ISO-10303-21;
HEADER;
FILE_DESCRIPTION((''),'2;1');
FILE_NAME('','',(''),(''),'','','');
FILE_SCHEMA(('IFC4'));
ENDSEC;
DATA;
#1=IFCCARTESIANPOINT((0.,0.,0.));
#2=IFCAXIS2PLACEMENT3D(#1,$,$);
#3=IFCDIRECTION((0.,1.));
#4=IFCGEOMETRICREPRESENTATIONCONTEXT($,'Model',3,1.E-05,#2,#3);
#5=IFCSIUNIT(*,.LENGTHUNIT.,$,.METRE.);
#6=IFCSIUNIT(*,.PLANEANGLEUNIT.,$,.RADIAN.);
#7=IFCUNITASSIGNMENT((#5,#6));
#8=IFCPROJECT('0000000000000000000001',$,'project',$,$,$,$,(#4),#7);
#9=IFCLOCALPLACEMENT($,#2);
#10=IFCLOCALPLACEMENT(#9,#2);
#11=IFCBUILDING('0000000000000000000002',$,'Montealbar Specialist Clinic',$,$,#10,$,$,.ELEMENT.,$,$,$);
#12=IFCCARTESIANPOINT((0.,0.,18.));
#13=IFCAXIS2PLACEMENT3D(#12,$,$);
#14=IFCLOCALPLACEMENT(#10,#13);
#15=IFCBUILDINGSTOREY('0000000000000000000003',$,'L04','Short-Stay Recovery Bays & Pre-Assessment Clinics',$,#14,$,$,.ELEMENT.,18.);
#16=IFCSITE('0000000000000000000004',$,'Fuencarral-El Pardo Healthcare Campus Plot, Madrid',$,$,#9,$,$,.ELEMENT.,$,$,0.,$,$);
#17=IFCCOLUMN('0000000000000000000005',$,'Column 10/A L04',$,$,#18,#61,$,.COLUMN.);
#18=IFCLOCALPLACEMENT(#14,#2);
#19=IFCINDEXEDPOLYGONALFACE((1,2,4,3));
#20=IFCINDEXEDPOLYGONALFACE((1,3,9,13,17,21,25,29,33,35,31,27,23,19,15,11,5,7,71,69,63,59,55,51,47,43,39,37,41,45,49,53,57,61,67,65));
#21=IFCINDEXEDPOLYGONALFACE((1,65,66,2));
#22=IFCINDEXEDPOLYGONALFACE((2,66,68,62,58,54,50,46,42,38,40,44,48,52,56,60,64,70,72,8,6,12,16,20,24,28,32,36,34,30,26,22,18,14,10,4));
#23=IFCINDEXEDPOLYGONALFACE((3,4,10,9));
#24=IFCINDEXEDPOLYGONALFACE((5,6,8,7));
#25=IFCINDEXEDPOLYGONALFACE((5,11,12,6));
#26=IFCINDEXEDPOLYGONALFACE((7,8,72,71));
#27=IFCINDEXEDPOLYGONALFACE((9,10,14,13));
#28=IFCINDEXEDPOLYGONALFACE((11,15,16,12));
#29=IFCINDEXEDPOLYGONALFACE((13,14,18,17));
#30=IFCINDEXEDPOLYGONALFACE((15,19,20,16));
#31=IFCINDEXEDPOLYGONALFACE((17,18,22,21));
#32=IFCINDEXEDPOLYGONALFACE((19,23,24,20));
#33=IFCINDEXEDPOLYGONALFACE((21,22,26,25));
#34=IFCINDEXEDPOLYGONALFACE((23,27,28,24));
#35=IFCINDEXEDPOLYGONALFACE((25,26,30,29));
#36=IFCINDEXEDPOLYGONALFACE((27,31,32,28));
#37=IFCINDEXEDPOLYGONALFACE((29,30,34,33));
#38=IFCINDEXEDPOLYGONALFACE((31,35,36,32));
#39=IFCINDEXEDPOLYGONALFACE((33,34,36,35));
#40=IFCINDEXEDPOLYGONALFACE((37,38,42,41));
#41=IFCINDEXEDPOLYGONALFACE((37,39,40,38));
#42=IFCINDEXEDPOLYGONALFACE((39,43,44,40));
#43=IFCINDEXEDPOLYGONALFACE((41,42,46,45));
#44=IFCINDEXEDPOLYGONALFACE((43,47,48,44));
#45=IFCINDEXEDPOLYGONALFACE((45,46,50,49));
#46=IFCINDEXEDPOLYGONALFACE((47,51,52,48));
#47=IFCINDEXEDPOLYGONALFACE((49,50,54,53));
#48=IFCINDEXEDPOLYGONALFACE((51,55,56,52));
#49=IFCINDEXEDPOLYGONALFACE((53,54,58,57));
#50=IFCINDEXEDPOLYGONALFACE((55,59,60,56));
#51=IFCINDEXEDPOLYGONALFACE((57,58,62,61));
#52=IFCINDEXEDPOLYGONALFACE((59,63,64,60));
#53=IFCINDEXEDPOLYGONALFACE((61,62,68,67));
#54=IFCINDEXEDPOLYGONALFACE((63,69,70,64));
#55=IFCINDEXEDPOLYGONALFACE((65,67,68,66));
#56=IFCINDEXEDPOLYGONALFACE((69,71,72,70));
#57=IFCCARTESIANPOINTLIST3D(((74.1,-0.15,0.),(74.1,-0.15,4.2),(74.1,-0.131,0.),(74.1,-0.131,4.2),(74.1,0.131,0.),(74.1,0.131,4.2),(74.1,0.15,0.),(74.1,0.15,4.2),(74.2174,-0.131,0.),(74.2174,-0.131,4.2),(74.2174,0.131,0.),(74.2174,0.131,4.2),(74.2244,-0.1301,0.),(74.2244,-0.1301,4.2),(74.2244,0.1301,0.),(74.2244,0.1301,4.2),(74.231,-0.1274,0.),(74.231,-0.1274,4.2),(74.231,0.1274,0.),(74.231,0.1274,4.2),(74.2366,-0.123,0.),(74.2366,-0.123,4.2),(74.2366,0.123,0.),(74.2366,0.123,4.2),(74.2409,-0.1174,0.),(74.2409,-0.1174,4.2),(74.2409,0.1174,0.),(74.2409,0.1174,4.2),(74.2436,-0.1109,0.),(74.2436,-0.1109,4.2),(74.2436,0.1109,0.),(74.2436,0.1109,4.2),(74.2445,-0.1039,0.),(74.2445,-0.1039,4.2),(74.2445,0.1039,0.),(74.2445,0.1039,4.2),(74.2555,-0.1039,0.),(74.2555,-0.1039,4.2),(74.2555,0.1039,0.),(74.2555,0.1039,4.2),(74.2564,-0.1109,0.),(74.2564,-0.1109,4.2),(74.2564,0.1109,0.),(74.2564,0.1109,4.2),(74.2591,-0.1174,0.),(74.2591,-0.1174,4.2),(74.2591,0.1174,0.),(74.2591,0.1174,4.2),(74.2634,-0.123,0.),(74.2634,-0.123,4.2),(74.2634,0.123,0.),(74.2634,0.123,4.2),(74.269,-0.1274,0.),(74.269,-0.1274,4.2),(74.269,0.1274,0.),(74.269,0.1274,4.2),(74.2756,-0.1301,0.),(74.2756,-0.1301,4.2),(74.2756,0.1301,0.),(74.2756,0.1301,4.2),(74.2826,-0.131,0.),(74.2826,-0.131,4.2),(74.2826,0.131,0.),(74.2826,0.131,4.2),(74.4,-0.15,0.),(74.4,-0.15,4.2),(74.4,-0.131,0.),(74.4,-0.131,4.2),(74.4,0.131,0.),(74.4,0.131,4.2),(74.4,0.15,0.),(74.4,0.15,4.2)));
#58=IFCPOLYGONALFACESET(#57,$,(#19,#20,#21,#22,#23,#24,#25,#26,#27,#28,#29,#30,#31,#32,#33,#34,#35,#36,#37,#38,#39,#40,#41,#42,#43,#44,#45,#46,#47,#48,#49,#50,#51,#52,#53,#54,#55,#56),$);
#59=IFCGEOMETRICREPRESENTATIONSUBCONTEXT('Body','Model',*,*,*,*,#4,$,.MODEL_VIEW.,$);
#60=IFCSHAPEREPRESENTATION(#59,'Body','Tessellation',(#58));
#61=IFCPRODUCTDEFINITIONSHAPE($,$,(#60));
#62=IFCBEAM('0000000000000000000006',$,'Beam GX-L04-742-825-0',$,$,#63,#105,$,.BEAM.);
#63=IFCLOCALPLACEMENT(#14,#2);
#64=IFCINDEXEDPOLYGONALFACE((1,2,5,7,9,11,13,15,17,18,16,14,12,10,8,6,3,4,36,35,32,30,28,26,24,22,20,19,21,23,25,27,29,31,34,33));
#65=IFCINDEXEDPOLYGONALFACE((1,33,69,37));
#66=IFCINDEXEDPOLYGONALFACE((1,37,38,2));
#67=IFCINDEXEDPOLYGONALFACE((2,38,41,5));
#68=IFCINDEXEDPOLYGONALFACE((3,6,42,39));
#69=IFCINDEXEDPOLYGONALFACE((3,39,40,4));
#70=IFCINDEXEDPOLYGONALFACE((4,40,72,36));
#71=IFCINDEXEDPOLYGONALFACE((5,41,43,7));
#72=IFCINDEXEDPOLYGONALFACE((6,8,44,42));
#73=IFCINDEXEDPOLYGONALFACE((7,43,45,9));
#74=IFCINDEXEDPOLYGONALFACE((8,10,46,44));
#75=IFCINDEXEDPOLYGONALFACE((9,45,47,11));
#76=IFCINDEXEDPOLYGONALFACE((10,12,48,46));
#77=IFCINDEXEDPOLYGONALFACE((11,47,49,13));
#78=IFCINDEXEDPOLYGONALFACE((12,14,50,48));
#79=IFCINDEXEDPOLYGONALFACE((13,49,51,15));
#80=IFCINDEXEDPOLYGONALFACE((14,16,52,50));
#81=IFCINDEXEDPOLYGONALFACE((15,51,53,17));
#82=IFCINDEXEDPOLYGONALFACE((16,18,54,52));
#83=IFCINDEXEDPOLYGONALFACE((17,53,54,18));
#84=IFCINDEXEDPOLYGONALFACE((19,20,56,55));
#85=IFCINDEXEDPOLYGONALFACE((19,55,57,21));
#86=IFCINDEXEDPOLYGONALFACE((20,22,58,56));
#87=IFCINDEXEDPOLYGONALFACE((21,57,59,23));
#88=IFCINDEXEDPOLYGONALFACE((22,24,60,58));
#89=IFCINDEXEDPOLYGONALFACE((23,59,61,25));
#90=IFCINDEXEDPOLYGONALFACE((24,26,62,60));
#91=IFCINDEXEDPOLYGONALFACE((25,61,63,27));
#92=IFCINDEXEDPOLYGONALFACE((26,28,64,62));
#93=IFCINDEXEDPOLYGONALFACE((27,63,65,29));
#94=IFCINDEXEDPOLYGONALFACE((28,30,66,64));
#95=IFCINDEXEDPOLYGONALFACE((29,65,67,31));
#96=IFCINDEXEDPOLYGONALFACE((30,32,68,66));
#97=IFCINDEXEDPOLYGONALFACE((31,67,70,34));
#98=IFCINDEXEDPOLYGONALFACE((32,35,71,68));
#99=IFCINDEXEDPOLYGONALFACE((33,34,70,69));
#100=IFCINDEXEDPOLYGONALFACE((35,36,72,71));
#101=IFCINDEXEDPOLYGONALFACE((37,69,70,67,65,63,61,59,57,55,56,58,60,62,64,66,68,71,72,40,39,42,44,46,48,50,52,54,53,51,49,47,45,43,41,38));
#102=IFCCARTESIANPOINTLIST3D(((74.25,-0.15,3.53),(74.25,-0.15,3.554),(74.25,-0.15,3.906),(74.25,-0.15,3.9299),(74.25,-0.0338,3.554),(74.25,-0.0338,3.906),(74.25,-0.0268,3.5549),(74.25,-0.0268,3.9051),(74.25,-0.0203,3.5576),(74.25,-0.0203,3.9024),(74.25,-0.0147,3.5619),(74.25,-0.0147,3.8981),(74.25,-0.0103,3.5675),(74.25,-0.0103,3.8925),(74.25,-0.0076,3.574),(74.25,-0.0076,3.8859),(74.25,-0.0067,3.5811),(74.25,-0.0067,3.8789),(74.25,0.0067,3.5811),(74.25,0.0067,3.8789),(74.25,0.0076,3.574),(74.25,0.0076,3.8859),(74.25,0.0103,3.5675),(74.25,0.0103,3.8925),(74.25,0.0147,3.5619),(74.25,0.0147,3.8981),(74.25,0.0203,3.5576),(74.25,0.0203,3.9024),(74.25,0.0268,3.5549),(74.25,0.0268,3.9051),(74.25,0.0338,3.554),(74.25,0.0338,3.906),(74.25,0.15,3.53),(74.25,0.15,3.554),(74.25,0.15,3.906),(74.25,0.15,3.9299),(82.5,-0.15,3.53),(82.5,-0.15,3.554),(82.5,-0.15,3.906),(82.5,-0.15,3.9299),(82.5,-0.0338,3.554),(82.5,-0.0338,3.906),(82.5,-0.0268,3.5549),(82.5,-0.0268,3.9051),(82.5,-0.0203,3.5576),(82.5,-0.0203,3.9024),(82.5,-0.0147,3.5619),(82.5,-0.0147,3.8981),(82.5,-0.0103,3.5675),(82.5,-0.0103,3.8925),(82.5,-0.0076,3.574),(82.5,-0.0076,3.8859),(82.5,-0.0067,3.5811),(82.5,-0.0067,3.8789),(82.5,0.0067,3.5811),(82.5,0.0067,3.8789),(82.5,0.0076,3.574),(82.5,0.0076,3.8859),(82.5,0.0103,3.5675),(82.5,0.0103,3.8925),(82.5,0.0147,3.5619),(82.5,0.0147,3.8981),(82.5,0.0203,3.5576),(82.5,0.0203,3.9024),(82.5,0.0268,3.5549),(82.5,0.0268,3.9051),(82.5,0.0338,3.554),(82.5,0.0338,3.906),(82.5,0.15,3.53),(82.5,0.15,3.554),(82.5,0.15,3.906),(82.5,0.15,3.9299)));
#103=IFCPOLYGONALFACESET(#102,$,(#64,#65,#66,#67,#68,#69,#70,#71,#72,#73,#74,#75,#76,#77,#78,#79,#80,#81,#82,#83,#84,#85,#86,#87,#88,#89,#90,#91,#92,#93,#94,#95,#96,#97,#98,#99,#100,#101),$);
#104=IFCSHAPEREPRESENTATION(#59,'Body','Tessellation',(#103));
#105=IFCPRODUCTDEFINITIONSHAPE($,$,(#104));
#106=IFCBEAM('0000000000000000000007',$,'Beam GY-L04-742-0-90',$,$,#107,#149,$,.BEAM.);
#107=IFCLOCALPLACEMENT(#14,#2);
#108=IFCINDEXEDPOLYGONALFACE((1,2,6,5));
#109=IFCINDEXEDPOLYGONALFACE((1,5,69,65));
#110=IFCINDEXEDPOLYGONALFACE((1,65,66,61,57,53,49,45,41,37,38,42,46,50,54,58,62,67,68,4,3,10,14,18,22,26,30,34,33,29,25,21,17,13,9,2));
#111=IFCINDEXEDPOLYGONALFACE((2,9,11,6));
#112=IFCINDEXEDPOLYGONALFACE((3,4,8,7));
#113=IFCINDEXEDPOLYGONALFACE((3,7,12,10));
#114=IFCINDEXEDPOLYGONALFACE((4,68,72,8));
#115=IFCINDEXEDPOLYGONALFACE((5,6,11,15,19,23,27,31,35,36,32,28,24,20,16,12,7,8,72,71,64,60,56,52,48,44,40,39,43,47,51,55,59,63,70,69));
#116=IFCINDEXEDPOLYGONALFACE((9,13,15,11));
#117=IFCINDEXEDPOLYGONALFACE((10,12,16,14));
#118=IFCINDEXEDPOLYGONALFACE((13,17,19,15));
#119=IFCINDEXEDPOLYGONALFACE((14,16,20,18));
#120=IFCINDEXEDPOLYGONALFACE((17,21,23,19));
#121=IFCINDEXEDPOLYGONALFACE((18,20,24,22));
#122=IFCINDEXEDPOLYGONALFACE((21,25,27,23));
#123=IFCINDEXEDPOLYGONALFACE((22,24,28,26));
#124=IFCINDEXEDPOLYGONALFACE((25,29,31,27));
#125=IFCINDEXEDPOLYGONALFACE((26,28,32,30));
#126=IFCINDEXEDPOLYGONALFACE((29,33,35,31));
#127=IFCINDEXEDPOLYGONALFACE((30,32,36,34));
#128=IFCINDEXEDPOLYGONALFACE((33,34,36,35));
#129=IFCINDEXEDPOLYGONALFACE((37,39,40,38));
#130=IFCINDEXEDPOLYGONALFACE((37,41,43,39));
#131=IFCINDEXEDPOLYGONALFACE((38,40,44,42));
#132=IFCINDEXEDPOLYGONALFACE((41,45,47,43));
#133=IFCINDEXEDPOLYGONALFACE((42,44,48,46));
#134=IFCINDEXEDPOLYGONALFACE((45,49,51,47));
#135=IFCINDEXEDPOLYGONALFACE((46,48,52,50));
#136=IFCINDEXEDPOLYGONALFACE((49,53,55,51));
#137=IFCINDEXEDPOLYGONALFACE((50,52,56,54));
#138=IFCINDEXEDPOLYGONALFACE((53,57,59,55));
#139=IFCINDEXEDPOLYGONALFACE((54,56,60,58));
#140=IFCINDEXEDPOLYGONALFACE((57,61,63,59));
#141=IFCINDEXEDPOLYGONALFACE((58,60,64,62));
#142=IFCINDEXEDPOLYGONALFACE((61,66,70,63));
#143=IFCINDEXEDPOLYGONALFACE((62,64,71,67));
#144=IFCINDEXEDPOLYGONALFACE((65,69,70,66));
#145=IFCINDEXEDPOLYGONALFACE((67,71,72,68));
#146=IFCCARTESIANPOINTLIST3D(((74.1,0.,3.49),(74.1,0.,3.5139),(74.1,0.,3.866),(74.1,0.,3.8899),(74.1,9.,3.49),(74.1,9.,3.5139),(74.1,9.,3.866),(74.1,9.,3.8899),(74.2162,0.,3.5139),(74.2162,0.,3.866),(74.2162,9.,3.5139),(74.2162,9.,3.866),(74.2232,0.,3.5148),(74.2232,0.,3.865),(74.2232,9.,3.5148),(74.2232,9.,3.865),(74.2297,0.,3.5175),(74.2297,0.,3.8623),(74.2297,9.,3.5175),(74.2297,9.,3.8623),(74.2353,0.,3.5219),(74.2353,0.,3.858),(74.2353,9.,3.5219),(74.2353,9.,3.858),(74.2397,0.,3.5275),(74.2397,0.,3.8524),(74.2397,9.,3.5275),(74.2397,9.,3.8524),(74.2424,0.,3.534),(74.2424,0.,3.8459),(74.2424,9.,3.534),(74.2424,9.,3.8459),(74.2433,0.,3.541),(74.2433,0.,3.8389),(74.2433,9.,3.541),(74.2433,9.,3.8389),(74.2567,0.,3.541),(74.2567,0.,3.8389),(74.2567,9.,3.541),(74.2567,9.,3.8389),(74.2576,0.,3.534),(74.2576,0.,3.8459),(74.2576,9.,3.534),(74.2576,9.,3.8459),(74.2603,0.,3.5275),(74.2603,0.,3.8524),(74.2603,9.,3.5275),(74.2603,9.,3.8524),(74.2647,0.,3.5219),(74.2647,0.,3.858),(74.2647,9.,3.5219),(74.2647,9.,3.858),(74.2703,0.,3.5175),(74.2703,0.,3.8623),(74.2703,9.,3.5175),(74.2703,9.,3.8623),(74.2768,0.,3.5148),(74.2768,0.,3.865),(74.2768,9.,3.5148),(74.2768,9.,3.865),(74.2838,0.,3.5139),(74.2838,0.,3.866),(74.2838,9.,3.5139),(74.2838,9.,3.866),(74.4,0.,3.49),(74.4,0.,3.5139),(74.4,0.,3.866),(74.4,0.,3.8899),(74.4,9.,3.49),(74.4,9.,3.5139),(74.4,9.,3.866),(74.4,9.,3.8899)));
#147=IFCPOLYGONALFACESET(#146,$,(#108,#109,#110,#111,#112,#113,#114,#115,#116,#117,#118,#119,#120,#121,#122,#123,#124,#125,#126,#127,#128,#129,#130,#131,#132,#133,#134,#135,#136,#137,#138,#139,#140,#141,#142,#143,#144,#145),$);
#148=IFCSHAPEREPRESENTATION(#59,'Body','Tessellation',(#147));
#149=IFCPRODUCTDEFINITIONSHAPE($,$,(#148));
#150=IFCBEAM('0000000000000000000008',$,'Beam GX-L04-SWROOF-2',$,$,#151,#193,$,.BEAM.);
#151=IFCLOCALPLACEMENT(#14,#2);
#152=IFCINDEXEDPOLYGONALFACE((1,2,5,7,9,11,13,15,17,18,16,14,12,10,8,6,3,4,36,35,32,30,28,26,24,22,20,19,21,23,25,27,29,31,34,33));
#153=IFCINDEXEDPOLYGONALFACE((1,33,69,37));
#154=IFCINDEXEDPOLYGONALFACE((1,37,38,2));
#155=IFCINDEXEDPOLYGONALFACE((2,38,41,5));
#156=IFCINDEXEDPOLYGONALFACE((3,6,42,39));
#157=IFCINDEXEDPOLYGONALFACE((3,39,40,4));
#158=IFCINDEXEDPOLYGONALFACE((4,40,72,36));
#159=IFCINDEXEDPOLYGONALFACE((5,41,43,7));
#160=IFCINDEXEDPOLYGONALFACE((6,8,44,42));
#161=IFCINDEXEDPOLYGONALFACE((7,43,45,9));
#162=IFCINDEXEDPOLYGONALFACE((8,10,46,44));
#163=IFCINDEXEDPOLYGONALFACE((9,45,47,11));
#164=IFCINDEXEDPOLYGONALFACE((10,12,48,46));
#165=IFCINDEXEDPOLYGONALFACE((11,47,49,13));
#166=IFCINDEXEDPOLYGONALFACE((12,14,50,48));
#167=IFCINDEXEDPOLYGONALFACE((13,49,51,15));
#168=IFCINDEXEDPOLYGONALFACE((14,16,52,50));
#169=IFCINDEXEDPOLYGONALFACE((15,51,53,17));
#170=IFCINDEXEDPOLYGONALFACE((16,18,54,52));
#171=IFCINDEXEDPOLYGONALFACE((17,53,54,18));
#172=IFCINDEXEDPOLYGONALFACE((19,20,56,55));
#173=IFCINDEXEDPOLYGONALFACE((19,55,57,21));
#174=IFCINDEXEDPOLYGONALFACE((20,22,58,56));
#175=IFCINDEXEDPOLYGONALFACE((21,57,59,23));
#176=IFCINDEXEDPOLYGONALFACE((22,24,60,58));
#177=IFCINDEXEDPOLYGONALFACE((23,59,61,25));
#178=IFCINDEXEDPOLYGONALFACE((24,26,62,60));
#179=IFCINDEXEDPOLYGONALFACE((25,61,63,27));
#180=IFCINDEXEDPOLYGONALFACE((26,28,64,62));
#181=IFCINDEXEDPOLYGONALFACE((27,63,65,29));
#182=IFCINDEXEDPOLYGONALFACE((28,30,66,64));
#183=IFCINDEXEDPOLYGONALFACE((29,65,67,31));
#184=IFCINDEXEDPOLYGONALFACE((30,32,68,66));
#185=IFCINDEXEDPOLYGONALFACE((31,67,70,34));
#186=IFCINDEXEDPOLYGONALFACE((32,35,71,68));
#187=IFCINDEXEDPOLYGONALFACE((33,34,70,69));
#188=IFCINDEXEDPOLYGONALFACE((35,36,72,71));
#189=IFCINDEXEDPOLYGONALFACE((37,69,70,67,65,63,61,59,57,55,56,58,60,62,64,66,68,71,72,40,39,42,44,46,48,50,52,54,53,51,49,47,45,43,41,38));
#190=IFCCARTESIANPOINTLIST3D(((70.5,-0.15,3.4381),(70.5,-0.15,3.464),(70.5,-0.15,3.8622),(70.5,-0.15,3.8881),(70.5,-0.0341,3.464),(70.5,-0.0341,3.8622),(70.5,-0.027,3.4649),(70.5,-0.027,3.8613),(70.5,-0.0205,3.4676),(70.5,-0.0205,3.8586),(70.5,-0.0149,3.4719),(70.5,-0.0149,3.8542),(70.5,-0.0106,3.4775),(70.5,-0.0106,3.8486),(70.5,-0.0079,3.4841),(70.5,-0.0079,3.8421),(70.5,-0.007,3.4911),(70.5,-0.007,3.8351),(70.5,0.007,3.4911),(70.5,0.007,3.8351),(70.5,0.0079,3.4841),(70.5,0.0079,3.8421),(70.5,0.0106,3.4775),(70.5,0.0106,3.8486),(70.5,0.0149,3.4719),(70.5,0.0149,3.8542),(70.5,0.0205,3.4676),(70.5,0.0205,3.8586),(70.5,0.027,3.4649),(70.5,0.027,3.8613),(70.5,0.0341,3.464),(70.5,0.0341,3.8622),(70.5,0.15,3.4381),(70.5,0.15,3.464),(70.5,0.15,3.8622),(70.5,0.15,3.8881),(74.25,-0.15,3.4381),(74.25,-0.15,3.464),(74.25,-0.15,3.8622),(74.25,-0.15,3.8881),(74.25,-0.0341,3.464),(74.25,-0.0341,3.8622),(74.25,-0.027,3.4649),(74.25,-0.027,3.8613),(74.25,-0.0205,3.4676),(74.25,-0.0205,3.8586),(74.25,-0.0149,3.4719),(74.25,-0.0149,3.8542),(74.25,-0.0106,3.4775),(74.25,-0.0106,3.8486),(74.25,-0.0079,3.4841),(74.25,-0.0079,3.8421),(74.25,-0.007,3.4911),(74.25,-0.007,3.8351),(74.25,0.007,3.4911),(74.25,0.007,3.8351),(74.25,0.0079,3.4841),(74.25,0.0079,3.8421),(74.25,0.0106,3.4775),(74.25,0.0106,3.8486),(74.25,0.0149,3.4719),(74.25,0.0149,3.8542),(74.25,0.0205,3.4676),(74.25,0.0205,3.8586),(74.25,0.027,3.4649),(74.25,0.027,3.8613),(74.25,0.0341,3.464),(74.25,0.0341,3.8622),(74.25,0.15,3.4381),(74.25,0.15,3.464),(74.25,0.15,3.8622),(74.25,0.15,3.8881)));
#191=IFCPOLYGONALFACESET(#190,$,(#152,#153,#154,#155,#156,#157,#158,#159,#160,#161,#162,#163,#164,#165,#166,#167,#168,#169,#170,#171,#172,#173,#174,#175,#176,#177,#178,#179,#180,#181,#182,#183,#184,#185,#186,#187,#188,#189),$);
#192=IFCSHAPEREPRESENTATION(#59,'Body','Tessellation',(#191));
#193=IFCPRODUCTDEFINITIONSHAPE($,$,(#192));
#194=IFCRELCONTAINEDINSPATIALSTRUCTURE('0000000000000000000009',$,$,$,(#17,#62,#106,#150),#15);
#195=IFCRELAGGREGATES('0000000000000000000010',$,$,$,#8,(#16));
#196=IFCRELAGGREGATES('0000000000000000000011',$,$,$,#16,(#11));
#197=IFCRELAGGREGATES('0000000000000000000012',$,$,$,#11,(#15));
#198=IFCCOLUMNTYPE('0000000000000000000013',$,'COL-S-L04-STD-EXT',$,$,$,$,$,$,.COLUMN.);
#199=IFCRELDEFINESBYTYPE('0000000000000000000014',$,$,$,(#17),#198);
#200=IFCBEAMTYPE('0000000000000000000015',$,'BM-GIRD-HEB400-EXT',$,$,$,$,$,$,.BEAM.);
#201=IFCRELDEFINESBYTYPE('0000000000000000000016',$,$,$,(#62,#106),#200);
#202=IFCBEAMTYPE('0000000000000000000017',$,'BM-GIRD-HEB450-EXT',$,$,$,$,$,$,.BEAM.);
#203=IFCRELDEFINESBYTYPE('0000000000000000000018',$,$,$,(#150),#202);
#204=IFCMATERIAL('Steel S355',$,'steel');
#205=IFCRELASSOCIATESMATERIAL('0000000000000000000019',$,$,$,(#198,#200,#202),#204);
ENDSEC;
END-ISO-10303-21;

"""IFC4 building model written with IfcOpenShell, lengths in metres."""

from ifc_helpers import new_model, si_unit, direction, frame, origin, origin_2d, place, context, subcontext, project, spatial, i_section, extrude, material, material_profile, profile_set, type_object, element, save


model = new_model("IFC4")

# Units and contexts
model_context = context("Model", 3, precision=1e-05, world=origin(), true_north=direction((0.0, 1.0)))
body_context = subcontext(model_context, "Body", "Model", "MODEL_VIEW")
ifc_project = project(units=[si_unit("LENGTHUNIT", "METRE"), si_unit("PLANEANGLEUNIT", "RADIAN")], contexts=[model_context])

# Site, building, storey
site_placement = place(None, origin())
site = spatial("IfcSite", under=ifc_project, at=site_placement, Name="Fuencarral-El Pardo Healthcare Campus Plot, Madrid", CompositionType="ELEMENT", RefElevation=0.0)
building_placement = place(site_placement, origin())
building = spatial("IfcBuilding", under=site, at=building_placement, Name="Montealbar Specialist Clinic", CompositionType="ELEMENT")
storey_placement = place(building_placement, frame((0.0, 0.0, 18.0)))
storey = spatial("IfcBuildingStorey", under=building, at=storey_placement, Name="L04", Description="Short-Stay Recovery Bays & Pre-Assessment Clinics", CompositionType="ELEMENT", Elevation=18.0)

# Column
ifc_material_1 = material(Name="Steel S355", Category="steel")
ifc_material_profile_1 = material_profile(ifc_material_1, i_section(OverallWidth=0.3, OverallDepth=0.3, WebThickness=0.011, FlangeThickness=0.019, FilletRadius=0.0271, at=origin_2d()), Name="HEB 300", Category="steel")
ifc_profile_set_1 = profile_set([ifc_material_profile_1], Name="Steel S355")
column_type = type_object("IfcColumnType", Name="COL-S-L04-STD-EXT", PredefinedType="COLUMN", material=ifc_profile_set_1)
column_placement = place(storey_placement, frame((74.25, 0.0, 0.0), z_axis=(0.0, 0.0, 1.0), x_axis=(1.0, 0.0, 0.0)))
element("IfcColumn", 1, at=column_placement, inside=storey, type_object=column_type, Name="Column 10/A L04", PredefinedType="COLUMN", context=body_context, shape_type="SweptSolid", body=[
    extrude(i_section(OverallWidth=0.3, OverallDepth=0.3, WebThickness=0.011, FlangeThickness=0.019, FilletRadius=0.0271, at=origin_2d()), origin(), (0.0, 0.0, 1.0), 4.2),
])

# Beams
ifc_material_profile_2 = material_profile(ifc_material_1, i_section(OverallWidth=0.3, OverallDepth=0.3999, WebThickness=0.0134, FlangeThickness=0.0239, FilletRadius=0.0271, at=origin_2d()), Name="HEB 400", Category="steel")
ifc_profile_set_2 = profile_set([ifc_material_profile_2], Name="Steel S355")
beam_type_1 = type_object("IfcBeamType", Name="BM-GIRD-HEB400-EXT", PredefinedType="BEAM", material=ifc_profile_set_2)
beam_1_placement = place(storey_placement, frame((74.25, 0.0, 3.73), z_axis=(1.0, 0.0, 0.0), x_axis=(0.0, 1.0, 0.0)))
element("IfcBeam", 2, at=beam_1_placement, inside=storey, type_object=beam_type_1, Name="Beam GX-L04-742-825-0", PredefinedType="BEAM", context=body_context, shape_type="SweptSolid", body=[
    extrude(i_section(OverallWidth=0.3, OverallDepth=0.3999, WebThickness=0.0134, FlangeThickness=0.0239, FilletRadius=0.0271, at=origin_2d()), origin(), (0.0, 0.0, 1.0), 8.25),
])
beam_2_placement = place(storey_placement, frame((74.25, 0.0, 3.6899), z_axis=(0.0, 1.0, 0.0), x_axis=(-1.0, 0.0, 0.0)))
element("IfcBeam", 3, at=beam_2_placement, inside=storey, type_object=beam_type_1, Name="Beam GY-L04-742-0-90", PredefinedType="BEAM", context=body_context, shape_type="SweptSolid", body=[
    extrude(i_section(OverallWidth=0.3, OverallDepth=0.3999, WebThickness=0.0134, FlangeThickness=0.0239, FilletRadius=0.0271, at=origin_2d()), origin(), (0.0, 0.0, 1.0), 9.0),
])
ifc_material_profile_3 = material_profile(ifc_material_1, i_section(OverallWidth=0.3, OverallDepth=0.45, WebThickness=0.0139, FlangeThickness=0.0259, FilletRadius=0.0271, at=origin_2d()), Name="HEB 450", Category="steel")
ifc_profile_set_3 = profile_set([ifc_material_profile_3], Name="Steel S355")
beam_type_2 = type_object("IfcBeamType", Name="BM-GIRD-HEB450-EXT", PredefinedType="BEAM", material=ifc_profile_set_3)
beam_3_placement = place(storey_placement, frame((74.25, 0.0, 3.6631), z_axis=(-1.0, 0.0, 0.0), x_axis=(0.0, -1.0, 0.0)))
element("IfcBeam", 4, at=beam_3_placement, inside=storey, type_object=beam_type_2, Name="Beam GX-L04-SWROOF-2", PredefinedType="BEAM", context=body_context, shape_type="SweptSolid", body=[
    extrude(i_section(OverallWidth=0.3, OverallDepth=0.45, WebThickness=0.0139, FlangeThickness=0.0259, FilletRadius=0.0271, at=origin_2d()), origin(), (0.0, 0.0, 1.0), 3.75),
])

save(model, "model.ifc")
